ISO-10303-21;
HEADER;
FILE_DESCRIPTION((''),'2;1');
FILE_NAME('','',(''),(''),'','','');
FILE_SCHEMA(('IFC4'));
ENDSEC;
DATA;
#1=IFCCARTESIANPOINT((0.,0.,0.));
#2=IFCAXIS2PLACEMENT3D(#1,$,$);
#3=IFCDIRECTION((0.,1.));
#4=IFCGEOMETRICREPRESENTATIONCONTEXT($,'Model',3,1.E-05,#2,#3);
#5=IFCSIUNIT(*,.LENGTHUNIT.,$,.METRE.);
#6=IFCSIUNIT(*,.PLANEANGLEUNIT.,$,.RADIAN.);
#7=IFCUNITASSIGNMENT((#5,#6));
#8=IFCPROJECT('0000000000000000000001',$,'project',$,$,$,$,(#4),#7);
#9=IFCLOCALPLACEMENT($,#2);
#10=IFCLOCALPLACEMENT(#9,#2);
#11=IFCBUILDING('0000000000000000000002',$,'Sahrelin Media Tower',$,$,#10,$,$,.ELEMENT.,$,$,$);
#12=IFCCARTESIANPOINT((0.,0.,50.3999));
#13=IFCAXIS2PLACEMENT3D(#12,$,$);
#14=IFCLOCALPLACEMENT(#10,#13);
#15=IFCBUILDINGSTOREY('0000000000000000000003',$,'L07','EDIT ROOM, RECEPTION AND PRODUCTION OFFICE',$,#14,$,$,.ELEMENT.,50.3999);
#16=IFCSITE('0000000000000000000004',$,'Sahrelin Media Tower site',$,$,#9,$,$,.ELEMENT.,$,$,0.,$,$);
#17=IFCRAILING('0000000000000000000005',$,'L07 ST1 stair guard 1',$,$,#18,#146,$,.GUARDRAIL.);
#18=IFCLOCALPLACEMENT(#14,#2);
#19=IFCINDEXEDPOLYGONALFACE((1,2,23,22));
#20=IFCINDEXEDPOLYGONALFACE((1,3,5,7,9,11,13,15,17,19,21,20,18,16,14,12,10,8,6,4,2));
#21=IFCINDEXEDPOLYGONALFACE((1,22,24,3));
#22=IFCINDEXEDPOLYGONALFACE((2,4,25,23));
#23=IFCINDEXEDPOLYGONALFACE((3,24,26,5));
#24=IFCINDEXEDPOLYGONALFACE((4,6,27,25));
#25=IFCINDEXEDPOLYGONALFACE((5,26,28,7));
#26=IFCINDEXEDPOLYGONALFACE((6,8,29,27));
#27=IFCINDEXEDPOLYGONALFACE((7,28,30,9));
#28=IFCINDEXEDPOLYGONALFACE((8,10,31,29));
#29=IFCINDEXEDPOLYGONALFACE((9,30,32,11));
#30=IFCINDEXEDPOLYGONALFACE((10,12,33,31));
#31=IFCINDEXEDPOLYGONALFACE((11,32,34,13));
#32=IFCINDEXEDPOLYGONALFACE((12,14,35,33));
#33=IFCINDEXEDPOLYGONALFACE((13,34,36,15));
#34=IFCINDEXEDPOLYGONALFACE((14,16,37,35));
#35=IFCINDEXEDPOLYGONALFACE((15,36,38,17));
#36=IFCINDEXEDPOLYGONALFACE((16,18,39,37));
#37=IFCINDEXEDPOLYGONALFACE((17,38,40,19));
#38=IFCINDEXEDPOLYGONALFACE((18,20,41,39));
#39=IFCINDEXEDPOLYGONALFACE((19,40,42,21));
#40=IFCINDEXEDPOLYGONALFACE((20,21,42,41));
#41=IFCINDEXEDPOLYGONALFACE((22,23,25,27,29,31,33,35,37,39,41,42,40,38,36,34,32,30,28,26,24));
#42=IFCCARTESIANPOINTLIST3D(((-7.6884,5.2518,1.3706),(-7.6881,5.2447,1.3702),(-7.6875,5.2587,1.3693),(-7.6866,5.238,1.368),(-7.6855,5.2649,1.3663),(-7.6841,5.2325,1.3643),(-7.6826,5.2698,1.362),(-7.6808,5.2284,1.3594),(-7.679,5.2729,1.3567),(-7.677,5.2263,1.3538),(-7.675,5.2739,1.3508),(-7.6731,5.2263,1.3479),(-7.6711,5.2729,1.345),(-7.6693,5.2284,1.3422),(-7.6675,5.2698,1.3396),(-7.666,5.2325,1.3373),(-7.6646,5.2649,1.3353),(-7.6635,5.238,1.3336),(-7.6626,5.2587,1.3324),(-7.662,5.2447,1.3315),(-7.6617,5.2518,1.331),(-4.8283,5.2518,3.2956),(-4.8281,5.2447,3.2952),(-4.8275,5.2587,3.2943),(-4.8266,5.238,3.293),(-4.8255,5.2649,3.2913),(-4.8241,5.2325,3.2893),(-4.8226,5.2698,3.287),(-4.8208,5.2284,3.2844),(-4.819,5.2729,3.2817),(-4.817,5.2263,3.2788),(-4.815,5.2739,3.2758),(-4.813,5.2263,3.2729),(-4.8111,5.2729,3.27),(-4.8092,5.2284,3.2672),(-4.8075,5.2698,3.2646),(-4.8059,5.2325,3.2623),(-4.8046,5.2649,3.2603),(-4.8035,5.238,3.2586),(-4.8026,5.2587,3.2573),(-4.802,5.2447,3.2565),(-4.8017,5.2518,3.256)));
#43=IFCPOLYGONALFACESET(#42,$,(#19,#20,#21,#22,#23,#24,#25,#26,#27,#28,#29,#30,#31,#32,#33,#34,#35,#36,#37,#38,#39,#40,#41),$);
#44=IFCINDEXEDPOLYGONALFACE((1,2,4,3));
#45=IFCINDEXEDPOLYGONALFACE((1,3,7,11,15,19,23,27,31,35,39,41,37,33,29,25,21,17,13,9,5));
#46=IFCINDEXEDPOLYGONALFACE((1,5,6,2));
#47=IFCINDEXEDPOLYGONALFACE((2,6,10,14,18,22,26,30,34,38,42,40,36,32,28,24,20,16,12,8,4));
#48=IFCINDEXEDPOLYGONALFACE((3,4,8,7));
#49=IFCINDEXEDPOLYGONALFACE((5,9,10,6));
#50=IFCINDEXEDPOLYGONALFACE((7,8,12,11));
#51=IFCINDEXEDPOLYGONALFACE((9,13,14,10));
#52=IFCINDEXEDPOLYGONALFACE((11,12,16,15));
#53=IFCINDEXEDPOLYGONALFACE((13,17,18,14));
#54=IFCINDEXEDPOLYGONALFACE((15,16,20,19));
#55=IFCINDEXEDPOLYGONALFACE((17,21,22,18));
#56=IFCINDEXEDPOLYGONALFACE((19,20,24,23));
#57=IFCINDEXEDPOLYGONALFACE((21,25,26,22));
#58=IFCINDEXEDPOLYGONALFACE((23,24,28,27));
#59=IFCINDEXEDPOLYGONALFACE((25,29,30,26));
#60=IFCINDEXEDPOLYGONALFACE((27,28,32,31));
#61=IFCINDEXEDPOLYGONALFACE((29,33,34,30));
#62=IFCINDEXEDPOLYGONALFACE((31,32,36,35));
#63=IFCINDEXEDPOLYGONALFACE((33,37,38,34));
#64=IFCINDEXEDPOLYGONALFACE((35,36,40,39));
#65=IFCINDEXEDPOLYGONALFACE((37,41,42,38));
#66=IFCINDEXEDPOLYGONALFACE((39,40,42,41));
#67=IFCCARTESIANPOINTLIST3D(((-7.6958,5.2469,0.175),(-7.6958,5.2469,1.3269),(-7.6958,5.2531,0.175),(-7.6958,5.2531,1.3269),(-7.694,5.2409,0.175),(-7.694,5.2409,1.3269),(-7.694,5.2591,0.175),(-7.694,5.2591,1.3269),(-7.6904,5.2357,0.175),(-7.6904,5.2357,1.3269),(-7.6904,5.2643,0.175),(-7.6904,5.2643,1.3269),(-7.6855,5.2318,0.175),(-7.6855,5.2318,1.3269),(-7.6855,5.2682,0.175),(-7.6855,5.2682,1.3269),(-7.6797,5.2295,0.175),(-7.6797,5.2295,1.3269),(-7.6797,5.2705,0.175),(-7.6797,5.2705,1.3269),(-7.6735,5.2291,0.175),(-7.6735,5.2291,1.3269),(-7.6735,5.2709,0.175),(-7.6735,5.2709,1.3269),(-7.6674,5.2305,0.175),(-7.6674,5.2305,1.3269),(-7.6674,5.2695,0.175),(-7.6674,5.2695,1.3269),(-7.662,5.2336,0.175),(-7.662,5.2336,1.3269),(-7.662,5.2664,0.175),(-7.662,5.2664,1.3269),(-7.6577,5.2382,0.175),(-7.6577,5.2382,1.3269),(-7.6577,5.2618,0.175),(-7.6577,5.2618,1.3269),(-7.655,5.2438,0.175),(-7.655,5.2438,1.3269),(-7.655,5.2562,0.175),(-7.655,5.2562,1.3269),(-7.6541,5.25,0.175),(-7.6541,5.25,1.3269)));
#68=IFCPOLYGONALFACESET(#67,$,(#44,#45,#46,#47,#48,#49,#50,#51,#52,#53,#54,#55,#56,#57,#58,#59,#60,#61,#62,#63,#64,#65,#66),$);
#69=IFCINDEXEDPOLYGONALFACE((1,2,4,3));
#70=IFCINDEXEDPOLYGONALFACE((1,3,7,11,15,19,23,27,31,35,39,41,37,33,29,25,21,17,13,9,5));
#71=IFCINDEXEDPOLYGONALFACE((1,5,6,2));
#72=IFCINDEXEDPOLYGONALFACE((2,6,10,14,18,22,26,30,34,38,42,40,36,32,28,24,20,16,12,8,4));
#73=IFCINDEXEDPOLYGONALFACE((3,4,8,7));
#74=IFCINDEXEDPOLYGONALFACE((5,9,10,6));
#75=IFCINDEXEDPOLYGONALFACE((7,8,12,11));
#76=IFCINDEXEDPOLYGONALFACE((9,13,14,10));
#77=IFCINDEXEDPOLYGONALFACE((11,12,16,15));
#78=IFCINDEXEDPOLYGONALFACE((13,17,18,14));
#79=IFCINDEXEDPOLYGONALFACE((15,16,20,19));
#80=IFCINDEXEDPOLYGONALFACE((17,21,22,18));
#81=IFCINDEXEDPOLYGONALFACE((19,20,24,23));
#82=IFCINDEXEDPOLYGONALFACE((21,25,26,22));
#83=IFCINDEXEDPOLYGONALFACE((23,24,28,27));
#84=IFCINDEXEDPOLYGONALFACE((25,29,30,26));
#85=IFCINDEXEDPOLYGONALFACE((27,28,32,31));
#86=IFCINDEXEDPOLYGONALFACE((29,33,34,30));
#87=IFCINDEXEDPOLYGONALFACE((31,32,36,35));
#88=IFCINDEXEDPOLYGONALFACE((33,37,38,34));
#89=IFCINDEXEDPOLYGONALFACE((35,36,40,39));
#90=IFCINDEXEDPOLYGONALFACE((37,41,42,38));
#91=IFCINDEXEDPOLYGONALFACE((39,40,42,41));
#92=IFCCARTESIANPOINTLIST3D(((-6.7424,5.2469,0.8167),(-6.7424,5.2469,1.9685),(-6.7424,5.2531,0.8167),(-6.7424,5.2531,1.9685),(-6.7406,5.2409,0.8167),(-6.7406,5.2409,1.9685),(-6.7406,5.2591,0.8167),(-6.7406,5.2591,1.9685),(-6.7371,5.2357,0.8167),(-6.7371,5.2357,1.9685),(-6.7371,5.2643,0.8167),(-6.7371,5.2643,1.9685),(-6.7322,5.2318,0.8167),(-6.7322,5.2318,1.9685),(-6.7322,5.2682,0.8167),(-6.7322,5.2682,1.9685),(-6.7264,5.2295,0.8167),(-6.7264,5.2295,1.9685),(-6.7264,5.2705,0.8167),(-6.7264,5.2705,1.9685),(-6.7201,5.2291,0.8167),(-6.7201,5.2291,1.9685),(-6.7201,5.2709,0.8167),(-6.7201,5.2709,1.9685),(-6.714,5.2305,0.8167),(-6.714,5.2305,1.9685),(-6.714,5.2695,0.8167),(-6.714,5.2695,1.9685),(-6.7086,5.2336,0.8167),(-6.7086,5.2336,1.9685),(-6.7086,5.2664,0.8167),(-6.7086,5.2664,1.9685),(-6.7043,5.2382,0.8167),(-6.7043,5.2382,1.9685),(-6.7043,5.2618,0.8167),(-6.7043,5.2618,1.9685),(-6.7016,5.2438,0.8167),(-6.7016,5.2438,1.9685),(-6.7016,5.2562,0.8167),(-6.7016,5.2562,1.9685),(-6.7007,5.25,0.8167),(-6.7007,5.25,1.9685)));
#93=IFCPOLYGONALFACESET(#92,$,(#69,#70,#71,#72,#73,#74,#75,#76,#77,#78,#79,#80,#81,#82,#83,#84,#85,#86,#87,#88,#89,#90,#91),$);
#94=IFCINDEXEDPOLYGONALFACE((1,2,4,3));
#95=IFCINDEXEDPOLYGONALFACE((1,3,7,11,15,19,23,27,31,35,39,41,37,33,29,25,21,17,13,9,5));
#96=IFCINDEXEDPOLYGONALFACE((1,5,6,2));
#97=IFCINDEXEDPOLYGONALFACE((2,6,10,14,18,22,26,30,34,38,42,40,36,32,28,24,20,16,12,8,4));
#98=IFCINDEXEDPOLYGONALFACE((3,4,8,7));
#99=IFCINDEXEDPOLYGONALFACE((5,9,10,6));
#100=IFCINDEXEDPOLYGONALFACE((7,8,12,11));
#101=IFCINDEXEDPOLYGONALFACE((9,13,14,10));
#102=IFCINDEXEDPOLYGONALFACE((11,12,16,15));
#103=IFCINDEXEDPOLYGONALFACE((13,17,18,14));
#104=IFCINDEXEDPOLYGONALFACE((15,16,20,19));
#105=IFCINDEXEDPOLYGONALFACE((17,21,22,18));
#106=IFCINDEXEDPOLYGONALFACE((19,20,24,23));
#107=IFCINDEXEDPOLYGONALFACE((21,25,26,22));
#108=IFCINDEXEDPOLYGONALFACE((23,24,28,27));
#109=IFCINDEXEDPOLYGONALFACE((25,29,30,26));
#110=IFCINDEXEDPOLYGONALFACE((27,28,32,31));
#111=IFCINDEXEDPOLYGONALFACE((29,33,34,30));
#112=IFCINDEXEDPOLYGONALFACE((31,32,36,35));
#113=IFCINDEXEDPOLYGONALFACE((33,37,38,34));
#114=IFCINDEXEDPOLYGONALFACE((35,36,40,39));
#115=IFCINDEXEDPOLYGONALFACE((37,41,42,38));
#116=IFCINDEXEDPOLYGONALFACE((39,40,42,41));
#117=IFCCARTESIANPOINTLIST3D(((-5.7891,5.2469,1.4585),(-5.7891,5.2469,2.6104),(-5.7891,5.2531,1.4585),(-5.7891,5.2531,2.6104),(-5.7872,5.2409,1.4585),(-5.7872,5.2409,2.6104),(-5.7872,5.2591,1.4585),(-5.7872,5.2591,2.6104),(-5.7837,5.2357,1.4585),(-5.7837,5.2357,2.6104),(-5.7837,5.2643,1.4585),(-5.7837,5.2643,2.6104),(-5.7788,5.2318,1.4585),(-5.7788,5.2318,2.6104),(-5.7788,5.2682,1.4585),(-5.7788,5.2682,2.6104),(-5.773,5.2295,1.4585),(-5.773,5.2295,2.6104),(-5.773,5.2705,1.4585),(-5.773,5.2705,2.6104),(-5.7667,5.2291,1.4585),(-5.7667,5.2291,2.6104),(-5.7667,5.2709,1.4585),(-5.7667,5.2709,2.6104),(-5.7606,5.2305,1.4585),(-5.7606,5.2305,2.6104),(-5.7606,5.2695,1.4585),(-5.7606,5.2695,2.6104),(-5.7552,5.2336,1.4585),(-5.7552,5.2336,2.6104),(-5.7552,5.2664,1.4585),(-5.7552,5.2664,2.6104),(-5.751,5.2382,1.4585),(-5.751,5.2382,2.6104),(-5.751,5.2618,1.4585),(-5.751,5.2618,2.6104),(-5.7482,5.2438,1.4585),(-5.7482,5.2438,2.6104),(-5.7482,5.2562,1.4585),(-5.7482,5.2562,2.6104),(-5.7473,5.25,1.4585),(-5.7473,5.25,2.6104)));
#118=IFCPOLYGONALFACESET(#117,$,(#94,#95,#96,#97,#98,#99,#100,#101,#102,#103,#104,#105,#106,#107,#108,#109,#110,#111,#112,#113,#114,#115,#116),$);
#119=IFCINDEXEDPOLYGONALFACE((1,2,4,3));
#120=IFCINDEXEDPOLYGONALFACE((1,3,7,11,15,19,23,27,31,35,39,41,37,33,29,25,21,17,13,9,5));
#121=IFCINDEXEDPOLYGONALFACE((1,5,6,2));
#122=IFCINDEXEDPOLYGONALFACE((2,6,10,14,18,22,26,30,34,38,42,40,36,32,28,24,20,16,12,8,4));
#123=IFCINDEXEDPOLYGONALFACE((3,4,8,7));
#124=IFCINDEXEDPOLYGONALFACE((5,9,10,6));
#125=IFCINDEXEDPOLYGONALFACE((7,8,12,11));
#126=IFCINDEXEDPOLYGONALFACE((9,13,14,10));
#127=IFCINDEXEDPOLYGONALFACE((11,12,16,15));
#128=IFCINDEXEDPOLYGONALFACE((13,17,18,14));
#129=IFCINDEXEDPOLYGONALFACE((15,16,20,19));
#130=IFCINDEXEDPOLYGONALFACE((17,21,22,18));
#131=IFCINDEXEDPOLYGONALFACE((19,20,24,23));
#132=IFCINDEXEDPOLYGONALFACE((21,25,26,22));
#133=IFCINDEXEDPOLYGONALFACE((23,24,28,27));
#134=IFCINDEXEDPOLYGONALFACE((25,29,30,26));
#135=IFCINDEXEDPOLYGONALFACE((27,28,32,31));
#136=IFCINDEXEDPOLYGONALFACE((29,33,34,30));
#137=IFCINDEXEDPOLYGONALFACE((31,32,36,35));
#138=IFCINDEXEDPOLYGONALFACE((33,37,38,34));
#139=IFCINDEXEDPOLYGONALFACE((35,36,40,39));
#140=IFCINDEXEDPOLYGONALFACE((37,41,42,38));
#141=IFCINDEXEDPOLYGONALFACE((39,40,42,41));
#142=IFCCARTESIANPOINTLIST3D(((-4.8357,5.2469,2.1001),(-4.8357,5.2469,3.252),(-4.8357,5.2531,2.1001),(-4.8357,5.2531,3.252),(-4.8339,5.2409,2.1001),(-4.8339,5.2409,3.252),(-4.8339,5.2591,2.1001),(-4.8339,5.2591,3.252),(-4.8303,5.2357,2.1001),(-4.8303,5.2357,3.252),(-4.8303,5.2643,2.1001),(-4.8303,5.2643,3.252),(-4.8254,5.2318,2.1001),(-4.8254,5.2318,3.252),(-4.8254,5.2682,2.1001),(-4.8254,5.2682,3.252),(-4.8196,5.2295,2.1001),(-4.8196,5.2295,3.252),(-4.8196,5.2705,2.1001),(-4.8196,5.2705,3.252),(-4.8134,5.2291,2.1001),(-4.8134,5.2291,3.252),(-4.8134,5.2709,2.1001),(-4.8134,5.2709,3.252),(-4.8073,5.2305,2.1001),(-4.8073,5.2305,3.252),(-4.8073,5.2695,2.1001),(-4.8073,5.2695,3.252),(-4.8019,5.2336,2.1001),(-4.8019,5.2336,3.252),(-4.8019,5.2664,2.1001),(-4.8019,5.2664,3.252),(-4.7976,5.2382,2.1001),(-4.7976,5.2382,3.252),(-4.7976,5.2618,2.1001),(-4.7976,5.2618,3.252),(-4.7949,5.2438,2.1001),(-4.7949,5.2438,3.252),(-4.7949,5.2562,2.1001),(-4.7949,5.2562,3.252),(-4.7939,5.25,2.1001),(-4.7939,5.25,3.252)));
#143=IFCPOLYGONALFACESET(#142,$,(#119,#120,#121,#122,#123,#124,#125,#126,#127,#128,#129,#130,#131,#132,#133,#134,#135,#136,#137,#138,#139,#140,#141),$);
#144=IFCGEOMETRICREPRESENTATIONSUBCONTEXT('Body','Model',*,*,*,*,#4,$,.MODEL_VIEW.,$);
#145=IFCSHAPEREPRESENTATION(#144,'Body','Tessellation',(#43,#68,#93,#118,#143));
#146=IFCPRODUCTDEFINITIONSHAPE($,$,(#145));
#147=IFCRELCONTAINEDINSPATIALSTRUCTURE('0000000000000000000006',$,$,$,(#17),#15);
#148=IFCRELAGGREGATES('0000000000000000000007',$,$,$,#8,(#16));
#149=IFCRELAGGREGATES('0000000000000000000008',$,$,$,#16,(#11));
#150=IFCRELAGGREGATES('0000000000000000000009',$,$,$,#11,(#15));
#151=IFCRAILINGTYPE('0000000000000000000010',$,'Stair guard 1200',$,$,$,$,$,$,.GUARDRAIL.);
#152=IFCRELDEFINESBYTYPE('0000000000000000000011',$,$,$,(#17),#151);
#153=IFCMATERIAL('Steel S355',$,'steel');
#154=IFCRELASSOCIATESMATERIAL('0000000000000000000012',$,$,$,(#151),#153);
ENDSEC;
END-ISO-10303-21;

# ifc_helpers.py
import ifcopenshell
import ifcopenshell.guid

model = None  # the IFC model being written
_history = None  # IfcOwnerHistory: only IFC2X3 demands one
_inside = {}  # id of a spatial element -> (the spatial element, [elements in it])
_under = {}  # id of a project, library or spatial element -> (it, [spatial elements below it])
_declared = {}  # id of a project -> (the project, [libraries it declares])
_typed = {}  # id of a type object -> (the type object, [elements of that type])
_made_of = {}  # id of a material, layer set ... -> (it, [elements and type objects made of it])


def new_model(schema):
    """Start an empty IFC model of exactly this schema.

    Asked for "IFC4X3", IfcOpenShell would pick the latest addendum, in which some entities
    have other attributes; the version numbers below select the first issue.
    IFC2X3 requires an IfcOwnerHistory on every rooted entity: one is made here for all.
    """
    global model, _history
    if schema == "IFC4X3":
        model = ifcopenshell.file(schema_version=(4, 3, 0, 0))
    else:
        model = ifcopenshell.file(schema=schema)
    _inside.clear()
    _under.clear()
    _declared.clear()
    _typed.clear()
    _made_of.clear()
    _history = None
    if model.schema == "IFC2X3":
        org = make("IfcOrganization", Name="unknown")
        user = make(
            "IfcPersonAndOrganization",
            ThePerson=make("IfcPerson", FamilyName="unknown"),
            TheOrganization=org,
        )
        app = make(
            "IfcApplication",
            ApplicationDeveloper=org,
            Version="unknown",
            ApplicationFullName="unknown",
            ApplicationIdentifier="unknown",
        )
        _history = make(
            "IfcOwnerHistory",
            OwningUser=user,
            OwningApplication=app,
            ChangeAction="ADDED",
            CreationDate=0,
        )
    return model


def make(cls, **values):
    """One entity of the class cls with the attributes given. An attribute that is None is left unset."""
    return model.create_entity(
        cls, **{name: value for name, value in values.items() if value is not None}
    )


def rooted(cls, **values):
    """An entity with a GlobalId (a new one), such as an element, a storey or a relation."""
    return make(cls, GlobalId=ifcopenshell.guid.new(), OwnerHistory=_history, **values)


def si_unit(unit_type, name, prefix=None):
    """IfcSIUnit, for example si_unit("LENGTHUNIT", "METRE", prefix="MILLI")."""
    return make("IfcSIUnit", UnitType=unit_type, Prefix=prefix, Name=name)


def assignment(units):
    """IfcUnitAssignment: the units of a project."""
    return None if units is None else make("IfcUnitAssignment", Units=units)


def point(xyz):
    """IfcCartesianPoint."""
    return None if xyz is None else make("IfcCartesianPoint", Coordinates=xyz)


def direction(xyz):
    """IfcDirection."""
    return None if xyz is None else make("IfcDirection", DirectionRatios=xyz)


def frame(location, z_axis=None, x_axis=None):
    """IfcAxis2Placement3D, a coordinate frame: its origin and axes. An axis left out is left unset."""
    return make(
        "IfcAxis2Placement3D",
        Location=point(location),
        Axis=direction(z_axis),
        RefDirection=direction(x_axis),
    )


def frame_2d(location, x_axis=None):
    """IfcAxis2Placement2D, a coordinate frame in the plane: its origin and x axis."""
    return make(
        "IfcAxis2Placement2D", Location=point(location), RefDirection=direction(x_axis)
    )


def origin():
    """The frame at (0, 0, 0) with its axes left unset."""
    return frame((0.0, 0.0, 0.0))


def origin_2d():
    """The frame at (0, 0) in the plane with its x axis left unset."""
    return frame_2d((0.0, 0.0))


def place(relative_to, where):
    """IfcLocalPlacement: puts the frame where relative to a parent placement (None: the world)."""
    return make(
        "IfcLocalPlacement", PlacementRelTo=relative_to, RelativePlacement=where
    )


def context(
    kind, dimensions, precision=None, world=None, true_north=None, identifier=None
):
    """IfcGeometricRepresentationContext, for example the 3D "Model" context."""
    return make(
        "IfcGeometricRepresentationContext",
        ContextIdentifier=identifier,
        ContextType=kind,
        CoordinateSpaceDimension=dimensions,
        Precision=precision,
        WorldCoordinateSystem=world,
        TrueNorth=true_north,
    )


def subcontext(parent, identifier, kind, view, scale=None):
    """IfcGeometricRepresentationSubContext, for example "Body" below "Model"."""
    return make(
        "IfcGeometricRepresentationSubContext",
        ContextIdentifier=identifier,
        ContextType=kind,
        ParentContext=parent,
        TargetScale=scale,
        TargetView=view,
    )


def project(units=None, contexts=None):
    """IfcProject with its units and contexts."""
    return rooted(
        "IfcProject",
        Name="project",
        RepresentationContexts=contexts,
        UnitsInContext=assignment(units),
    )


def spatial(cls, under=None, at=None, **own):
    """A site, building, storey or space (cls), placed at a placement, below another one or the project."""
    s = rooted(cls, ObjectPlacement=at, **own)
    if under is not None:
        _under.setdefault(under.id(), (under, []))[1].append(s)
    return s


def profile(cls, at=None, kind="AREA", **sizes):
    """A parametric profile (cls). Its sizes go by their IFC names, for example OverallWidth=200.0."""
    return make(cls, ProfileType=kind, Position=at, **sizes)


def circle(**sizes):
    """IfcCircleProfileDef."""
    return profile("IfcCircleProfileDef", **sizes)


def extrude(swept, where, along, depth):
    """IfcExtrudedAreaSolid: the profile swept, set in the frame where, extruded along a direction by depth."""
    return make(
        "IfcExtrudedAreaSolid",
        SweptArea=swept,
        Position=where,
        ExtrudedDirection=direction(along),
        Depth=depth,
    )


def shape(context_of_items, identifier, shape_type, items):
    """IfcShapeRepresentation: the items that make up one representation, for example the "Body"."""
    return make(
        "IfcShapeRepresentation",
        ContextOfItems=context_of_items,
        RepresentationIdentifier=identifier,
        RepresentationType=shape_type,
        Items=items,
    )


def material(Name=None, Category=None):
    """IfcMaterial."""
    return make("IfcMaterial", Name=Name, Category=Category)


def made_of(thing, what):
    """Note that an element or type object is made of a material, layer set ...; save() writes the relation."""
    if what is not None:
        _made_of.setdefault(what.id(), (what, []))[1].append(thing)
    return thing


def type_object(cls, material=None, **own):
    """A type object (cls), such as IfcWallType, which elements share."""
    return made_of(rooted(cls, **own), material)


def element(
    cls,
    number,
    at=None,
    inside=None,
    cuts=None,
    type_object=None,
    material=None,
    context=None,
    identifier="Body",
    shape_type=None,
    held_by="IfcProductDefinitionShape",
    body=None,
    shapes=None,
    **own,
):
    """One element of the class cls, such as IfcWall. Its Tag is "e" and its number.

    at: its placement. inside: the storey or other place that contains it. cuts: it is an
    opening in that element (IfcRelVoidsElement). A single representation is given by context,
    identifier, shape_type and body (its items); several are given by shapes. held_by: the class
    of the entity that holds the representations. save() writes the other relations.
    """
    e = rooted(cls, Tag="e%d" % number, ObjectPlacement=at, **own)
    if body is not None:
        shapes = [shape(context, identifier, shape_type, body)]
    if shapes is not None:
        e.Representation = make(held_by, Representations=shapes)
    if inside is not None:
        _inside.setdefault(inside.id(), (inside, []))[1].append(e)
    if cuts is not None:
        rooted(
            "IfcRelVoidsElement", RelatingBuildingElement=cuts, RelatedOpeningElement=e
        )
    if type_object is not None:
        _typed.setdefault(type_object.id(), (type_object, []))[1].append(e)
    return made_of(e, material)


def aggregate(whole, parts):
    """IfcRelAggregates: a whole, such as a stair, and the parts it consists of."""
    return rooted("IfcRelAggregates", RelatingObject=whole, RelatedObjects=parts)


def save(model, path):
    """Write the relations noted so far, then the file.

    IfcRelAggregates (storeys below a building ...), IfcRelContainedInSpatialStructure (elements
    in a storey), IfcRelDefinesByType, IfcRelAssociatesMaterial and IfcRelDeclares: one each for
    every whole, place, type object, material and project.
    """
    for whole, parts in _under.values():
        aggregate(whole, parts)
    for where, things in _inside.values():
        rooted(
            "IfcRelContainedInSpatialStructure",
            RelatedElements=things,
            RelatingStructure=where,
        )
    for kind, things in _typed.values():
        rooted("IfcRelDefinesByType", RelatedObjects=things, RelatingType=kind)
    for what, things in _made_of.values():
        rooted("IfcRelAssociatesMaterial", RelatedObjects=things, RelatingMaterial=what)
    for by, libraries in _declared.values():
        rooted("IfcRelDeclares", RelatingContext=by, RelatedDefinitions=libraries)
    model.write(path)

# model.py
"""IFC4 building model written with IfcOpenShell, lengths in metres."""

from ifc_helpers import new_model, si_unit, direction, frame, origin, origin_2d, place, context, subcontext, project, spatial, circle, extrude, material, type_object, element, save


model = new_model("IFC4")

# Units and contexts
model_context = context("Model", 3, precision=1e-05, world=origin(), true_north=direction((0.0, 1.0)))
body_context = subcontext(model_context, "Body", "Model", "MODEL_VIEW")
ifc_project = project(units=[si_unit("LENGTHUNIT", "METRE"), si_unit("PLANEANGLEUNIT", "RADIAN")], contexts=[model_context])

# Site, building, storey
site_placement = place(None, origin())
site = spatial("IfcSite", under=ifc_project, at=site_placement, Name="Sahrelin Media Tower site", CompositionType="ELEMENT", RefElevation=0.0)
building_placement = place(site_placement, origin())
building = spatial("IfcBuilding", under=site, at=building_placement, Name="Sahrelin Media Tower", CompositionType="ELEMENT")
storey_placement = place(building_placement, frame((0.0, 0.0, 50.3999)))
storey = spatial("IfcBuildingStorey", under=building, at=storey_placement, Name="L07", Description="EDIT ROOM, RECEPTION AND PRODUCTION OFFICE", CompositionType="ELEMENT", Elevation=50.3999)

# Shared definitions
ifc_material_1 = material(Name="Steel S355", Category="steel")

# Railing
railing_type_1 = type_object("IfcRailingType", Name="Stair guard 1200", PredefinedType="GUARDRAIL", material=ifc_material_1)
railing_1_placement = place(storey_placement, frame((-7.675, 5.25, 0.175)))
element("IfcRailing", 1, at=railing_1_placement, inside=storey, type_object=railing_type_1, Name="L07 ST1 stair guard 1", PredefinedType="GUARDRAIL", context=body_context, shape_type="SweptSolid", body=[
    extrude(circle(Radius=0.0239, at=origin_2d()), frame((0.0, 0.0, 1.1758), z_axis=(0.829591, 0.0, 0.558372), x_axis=(0.0, 1.0, 0.0)), (0.0, 0.0, 1.0), 3.4475),
    extrude(circle(Radius=0.021, at=origin_2d()), origin(), (0.0, 0.0, 1.0), 1.1519),
    extrude(circle(Radius=0.021, at=origin_2d()), frame((0.9534, 0.0, 0.6416)), (0.0, 0.0, 1.0), 1.1519),
    extrude(circle(Radius=0.021, at=origin_2d()), frame((1.9067, 0.0, 1.2834)), (0.0, 0.0, 1.0), 1.1519),
    extrude(circle(Radius=0.021, at=origin_2d()), frame((2.8601, 0.0, 1.925)), (0.0, 0.0, 1.0), 1.1519),
])

save(model, "model.ifc")
